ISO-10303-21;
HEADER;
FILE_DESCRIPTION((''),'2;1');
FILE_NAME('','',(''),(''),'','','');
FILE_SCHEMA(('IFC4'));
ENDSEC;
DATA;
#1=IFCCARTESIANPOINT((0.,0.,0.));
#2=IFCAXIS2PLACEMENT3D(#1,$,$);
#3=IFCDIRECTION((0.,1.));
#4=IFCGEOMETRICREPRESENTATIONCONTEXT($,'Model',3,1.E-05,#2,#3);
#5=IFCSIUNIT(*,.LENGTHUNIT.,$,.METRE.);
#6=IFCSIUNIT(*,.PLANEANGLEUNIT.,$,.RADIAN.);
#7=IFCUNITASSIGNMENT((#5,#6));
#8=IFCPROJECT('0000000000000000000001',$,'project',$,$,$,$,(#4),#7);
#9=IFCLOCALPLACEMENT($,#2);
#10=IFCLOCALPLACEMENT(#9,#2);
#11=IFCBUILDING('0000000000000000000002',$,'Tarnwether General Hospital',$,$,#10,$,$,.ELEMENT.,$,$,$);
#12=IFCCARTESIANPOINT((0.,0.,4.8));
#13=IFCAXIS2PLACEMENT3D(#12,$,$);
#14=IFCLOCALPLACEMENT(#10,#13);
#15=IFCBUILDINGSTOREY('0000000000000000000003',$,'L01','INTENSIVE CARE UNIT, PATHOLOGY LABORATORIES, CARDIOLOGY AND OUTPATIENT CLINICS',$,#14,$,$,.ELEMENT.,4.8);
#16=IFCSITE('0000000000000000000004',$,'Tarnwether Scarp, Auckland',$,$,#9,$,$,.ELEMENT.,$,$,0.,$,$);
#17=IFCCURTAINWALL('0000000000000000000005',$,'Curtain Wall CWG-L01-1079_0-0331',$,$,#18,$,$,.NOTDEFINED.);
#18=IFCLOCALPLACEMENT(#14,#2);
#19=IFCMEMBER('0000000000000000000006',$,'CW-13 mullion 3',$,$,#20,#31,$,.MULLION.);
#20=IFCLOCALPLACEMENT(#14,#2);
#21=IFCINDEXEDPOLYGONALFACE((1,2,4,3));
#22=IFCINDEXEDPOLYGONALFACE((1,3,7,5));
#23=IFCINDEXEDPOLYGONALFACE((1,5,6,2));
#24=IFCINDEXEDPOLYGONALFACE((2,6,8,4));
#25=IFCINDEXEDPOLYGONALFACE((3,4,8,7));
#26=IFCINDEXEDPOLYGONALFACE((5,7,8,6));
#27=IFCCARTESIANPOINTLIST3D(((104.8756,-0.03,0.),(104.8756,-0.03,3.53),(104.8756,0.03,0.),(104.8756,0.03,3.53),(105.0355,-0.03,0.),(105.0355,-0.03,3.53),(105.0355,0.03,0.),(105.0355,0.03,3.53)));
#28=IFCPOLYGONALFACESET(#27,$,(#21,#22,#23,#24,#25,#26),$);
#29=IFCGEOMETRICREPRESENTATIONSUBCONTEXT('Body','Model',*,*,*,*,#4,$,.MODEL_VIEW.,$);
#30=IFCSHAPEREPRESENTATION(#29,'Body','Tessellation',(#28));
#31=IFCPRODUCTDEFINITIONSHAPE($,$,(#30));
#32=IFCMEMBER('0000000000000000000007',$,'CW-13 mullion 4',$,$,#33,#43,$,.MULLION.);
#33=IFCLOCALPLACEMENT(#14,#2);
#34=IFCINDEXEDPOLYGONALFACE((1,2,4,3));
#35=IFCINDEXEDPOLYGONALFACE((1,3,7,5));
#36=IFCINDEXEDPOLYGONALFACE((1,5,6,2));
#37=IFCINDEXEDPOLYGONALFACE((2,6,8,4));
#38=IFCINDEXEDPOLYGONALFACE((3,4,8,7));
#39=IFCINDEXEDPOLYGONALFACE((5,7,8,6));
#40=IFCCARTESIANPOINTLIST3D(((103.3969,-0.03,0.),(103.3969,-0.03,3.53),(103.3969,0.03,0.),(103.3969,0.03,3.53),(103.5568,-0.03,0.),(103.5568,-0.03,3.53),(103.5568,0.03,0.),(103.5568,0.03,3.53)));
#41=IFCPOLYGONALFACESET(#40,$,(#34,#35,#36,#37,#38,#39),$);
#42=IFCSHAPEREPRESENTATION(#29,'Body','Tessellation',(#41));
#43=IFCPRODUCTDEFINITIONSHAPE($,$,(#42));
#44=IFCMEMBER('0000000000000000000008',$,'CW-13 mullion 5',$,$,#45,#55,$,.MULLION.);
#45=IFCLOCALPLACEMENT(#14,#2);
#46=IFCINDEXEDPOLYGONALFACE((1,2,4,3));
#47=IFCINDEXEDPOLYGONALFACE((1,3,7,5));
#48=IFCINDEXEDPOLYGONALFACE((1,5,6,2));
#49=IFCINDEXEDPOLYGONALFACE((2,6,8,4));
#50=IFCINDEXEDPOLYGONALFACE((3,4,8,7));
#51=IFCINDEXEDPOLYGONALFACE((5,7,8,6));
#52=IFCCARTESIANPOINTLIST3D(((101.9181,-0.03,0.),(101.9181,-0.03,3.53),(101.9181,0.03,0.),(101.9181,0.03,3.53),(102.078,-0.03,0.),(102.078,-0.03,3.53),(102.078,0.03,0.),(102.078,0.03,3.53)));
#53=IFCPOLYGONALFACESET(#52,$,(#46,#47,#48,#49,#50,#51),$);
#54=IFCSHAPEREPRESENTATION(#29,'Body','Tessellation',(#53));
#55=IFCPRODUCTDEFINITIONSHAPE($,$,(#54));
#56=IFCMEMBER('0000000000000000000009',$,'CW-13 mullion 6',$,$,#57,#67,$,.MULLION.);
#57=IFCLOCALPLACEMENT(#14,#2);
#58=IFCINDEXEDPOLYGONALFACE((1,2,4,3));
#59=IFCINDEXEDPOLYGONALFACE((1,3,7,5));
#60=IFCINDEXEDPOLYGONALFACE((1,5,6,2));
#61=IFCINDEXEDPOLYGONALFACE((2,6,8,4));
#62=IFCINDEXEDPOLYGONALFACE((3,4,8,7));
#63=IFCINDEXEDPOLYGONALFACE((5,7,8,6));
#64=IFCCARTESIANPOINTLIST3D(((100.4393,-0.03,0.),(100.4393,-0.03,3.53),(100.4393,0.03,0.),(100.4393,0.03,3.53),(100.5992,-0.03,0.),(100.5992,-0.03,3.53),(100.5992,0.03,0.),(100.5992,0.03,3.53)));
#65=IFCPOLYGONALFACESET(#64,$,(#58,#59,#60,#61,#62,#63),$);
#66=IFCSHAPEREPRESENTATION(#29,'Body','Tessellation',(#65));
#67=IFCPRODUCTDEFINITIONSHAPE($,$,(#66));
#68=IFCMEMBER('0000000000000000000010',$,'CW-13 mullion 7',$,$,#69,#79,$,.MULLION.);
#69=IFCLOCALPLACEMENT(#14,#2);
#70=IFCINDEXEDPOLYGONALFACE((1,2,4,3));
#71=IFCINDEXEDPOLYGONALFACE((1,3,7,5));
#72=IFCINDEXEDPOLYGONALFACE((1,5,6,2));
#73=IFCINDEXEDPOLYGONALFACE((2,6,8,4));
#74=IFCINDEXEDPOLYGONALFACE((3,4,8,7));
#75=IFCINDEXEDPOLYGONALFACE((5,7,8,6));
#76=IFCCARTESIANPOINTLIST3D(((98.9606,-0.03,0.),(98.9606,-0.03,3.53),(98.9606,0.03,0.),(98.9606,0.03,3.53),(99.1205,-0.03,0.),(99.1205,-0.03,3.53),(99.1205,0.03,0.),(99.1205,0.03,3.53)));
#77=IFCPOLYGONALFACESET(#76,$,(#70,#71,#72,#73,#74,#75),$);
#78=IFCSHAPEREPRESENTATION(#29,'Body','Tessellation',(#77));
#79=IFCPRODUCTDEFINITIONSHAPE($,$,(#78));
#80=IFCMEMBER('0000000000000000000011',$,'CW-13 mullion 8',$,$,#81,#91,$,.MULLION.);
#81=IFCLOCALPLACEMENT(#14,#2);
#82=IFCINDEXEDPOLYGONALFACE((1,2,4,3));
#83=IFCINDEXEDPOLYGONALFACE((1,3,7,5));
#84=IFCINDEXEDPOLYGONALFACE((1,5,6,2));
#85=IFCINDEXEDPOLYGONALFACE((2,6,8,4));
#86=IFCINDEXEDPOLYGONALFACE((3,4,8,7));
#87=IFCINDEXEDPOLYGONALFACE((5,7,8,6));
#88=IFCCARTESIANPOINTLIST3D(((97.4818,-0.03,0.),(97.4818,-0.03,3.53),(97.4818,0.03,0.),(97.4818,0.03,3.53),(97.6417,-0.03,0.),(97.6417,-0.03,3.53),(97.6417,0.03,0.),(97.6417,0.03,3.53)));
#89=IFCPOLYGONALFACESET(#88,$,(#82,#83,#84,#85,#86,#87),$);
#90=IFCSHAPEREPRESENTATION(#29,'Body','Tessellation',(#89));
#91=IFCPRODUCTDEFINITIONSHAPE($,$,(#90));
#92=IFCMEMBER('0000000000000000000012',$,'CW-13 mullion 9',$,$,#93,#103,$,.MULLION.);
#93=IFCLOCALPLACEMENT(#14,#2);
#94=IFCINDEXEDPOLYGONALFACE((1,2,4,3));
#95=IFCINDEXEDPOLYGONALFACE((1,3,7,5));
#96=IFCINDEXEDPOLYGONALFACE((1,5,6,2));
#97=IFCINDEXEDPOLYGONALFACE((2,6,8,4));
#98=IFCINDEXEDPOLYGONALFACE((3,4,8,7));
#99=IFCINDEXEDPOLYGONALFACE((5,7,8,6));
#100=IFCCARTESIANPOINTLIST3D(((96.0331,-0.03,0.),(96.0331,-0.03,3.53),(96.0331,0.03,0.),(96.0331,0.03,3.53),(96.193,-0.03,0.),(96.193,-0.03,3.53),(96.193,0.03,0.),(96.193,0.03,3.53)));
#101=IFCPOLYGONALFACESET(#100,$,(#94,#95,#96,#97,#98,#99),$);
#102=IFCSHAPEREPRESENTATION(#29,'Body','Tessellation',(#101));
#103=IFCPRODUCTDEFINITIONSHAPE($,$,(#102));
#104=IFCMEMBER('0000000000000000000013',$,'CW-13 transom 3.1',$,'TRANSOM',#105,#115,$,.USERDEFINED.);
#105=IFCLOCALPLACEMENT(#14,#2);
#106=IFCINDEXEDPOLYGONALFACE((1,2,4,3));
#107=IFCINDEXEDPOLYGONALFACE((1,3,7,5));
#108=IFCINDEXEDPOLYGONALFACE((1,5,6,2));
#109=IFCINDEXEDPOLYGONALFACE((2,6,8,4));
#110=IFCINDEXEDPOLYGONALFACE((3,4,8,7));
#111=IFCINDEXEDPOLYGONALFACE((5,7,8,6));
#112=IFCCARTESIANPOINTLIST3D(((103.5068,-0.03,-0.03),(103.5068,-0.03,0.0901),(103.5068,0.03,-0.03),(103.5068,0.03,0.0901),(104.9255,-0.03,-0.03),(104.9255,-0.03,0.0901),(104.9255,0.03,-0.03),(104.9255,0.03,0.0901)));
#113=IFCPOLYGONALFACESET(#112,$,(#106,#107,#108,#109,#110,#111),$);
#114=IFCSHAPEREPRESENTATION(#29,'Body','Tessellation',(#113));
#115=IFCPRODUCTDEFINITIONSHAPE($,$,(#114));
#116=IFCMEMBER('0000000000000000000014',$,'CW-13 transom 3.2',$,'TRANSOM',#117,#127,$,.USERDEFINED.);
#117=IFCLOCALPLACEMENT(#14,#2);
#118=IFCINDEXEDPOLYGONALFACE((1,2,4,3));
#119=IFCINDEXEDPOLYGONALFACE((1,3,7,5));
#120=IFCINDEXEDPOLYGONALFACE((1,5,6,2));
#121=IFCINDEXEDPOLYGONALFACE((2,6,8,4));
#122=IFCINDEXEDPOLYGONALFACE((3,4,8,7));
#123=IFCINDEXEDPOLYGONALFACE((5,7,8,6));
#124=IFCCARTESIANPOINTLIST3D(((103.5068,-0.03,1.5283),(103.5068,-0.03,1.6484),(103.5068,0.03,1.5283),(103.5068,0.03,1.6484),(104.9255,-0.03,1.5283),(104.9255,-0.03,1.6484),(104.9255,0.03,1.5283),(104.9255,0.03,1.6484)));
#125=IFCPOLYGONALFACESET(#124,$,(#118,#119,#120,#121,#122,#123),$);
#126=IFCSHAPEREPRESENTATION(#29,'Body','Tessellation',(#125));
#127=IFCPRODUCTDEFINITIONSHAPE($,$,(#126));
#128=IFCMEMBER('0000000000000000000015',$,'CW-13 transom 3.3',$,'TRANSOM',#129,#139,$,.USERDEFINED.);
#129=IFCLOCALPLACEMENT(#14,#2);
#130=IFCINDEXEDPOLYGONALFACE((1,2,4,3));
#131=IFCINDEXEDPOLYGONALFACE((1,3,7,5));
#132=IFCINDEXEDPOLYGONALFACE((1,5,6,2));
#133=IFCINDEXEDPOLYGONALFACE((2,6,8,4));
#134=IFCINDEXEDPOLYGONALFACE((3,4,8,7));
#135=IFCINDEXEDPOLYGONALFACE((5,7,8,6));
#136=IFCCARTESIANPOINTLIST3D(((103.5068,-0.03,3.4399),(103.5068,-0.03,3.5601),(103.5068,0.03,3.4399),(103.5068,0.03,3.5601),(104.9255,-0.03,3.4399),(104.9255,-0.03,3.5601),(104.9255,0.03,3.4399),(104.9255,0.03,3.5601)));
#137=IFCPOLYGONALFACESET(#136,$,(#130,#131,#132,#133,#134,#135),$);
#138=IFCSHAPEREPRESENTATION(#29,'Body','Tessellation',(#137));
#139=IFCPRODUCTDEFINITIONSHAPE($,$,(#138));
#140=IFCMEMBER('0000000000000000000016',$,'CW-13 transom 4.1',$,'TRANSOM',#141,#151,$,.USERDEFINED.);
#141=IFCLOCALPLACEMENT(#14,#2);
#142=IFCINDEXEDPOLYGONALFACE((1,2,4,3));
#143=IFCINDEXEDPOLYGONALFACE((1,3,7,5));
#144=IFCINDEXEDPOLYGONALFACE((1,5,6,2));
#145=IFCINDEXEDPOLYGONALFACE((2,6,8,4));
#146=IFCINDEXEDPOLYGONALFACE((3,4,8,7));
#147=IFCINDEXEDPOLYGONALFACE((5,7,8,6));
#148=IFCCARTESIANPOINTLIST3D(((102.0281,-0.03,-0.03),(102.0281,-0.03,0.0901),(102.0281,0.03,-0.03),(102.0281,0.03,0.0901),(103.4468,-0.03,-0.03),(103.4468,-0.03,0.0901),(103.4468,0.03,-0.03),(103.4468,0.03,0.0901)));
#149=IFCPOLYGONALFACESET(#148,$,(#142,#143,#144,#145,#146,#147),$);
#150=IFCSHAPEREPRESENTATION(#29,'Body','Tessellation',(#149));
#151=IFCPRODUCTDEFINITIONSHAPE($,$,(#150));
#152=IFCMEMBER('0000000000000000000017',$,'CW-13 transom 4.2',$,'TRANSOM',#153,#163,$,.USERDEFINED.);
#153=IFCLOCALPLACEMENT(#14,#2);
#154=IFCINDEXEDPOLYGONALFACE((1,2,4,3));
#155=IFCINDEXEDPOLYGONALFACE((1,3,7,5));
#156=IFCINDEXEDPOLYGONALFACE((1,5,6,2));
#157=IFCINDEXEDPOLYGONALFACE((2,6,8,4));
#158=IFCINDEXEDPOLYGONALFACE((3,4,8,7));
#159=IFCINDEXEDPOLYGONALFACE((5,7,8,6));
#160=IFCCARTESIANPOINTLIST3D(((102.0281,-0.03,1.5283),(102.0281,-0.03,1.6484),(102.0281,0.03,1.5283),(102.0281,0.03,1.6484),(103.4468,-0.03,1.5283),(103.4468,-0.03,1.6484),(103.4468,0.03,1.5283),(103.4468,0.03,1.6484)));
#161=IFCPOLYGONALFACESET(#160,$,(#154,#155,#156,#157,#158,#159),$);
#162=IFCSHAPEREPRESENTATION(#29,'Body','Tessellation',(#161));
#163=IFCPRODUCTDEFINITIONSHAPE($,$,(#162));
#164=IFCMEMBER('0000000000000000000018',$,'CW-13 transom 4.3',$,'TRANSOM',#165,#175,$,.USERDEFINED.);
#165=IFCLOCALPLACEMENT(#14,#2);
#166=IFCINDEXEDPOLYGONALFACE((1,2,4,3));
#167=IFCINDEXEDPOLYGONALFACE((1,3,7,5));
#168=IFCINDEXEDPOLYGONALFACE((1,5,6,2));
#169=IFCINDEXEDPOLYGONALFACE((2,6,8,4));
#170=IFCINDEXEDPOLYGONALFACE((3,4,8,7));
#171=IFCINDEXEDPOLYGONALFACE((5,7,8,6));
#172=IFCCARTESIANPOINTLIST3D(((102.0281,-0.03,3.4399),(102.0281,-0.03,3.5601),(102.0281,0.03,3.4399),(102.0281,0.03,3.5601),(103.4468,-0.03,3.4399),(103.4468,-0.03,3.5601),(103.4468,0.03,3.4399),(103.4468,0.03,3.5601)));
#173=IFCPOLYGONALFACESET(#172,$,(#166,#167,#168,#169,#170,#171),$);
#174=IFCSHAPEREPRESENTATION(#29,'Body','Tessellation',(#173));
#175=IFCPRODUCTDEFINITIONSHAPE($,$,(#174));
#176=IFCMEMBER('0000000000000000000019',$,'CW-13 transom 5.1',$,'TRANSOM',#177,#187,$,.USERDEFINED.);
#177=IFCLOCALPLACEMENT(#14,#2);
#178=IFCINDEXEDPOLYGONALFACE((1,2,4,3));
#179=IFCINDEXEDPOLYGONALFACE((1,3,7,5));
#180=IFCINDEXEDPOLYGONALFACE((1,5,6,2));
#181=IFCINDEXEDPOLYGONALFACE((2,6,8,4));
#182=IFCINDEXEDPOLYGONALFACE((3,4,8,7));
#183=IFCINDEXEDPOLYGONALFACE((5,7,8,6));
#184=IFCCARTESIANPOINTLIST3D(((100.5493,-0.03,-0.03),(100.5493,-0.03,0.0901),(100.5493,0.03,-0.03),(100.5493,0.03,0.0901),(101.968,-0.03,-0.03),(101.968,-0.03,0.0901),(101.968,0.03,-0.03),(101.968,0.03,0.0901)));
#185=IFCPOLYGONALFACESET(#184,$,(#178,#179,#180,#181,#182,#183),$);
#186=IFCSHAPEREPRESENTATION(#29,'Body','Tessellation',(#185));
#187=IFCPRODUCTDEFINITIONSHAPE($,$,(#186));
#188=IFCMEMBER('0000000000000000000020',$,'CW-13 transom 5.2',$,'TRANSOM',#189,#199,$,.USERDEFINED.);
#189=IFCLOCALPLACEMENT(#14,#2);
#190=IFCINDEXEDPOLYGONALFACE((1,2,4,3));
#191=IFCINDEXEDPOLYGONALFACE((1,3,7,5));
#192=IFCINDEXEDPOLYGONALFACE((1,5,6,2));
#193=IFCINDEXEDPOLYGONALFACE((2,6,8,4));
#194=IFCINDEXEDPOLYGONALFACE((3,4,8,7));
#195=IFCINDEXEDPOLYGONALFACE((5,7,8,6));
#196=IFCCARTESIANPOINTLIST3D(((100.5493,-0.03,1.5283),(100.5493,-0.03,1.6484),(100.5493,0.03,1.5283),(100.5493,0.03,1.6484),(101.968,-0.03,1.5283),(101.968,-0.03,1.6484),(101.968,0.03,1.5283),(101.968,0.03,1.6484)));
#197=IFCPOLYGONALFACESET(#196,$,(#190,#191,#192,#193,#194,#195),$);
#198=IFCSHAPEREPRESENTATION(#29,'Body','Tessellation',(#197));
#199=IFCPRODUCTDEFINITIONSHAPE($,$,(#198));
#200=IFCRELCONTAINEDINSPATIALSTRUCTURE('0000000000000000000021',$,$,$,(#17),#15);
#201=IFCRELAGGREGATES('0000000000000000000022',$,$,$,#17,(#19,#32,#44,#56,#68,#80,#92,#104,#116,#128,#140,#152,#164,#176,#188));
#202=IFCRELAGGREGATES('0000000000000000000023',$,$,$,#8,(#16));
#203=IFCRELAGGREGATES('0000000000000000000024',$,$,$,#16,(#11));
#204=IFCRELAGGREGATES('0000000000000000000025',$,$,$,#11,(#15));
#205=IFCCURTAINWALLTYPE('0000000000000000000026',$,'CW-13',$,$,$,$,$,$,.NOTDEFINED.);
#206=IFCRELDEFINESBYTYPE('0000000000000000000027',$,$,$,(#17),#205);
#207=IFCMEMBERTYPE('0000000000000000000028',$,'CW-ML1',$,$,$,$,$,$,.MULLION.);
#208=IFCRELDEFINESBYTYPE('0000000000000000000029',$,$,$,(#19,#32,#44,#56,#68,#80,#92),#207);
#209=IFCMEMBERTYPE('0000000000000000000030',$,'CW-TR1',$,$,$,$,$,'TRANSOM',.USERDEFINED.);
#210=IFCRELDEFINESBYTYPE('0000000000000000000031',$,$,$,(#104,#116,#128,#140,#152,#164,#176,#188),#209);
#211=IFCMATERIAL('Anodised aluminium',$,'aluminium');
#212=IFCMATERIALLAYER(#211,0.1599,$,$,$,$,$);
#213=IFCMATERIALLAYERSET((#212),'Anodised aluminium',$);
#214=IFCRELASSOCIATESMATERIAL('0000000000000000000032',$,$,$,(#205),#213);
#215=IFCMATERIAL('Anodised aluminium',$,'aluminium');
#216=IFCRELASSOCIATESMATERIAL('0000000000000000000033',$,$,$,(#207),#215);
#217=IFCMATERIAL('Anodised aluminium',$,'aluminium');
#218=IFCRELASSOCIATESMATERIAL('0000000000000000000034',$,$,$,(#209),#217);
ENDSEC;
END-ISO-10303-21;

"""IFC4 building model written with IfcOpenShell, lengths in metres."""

from ifc_helpers import new_model, si_unit, direction, frame, origin, origin_2d, place, context, subcontext, project, spatial, rectangle, extrude, material, layer, layer_set, material_profile, profile_set, type_object, element, aggregate, save


model = new_model("IFC4")

# Units and contexts
model_context = context("Model", 3, precision=1e-05, world=origin(), true_north=direction((0.0, 1.0)))
body_context = subcontext(model_context, "Body", "Model", "MODEL_VIEW")
ifc_project = project(units=[si_unit("LENGTHUNIT", "METRE"), si_unit("PLANEANGLEUNIT", "RADIAN")], contexts=[model_context])

# Site, building, storey
site_placement = place(None, origin())
site = spatial("IfcSite", under=ifc_project, at=site_placement, Name="Tarnwether Scarp, Auckland", CompositionType="ELEMENT", RefElevation=0.0)
building_placement = place(site_placement, origin())
building = spatial("IfcBuilding", under=site, at=building_placement, Name="Tarnwether General Hospital", CompositionType="ELEMENT")
storey_placement = place(building_placement, frame((0.0, 0.0, 4.8)))
storey = spatial("IfcBuildingStorey", under=building, at=storey_placement, Name="L01", Description="INTENSIVE CARE UNIT, PATHOLOGY LABORATORIES, CARDIOLOGY AND OUTPATIENT CLINICS", CompositionType="ELEMENT", Elevation=4.8)

# Curtain wall, members
ifc_material_1 = material(Name="Anodised aluminium", Category="aluminium")
ifc_layer_1 = layer(ifc_material_1, 0.1599)
ifc_layer_set_1 = layer_set([ifc_layer_1], Name="Anodised aluminium")
curtain_wall_type = type_object("IfcCurtainWallType", Name="CW-13", PredefinedType="NOTDEFINED", material=ifc_layer_set_1)
curtain_wall_placement = place(storey_placement, origin())
curtain_wall = element("IfcCurtainWall", 1, at=curtain_wall_placement, inside=storey, type_object=curtain_wall_type, Name="Curtain Wall CWG-L01-1079_0-0331", PredefinedType="NOTDEFINED")
ifc_material_2 = material(Name="Anodised aluminium", Category="aluminium")
ifc_material_profile_1 = material_profile(ifc_material_2, rectangle(XDim=0.0601, YDim=0.1599, at=origin_2d()), Name="ALU-MUL-60x160")
ifc_profile_set_1 = profile_set([ifc_material_profile_1], Name="Anodised aluminium")
member_type_1 = type_object("IfcMemberType", Name="CW-ML1", PredefinedType="MULLION", material=ifc_profile_set_1)
member_1_placement = place(storey_placement, frame((104.9556, 0.0, 0.0), z_axis=(0.0, 0.0, 1.0), x_axis=(0.0, -1.0, 0.0)))
member_1 = element("IfcMember", 2, at=member_1_placement, type_object=member_type_1, Name="CW-13 mullion 3", PredefinedType="MULLION", context=body_context, shape_type="SweptSolid", body=[
    extrude(rectangle(XDim=0.0601, YDim=0.1599, at=origin_2d()), origin(), (0.0, 0.0, 1.0), 3.53),
])
member_2_placement = place(storey_placement, frame((103.4768, 0.0, 0.0), z_axis=(0.0, 0.0, 1.0), x_axis=(0.0, -1.0, 0.0)))
member_2 = element("IfcMember", 3, at=member_2_placement, type_object=member_type_1, Name="CW-13 mullion 4", PredefinedType="MULLION", context=body_context, shape_type="SweptSolid", body=[
    extrude(rectangle(XDim=0.0601, YDim=0.1599, at=origin_2d()), origin(), (0.0, 0.0, 1.0), 3.53),
])
member_3_placement = place(storey_placement, frame((101.998, 0.0, 0.0), z_axis=(0.0, 0.0, 1.0), x_axis=(0.0, -1.0, 0.0)))
member_3 = element("IfcMember", 4, at=member_3_placement, type_object=member_type_1, Name="CW-13 mullion 5", PredefinedType="MULLION", context=body_context, shape_type="SweptSolid", body=[
    extrude(rectangle(XDim=0.0601, YDim=0.1599, at=origin_2d()), origin(), (0.0, 0.0, 1.0), 3.53),
])
member_4_placement = place(storey_placement, frame((100.5193, 0.0, 0.0), z_axis=(0.0, 0.0, 1.0), x_axis=(0.0, -1.0, 0.0)))
member_4 = element("IfcMember", 5, at=member_4_placement, type_object=member_type_1, Name="CW-13 mullion 6", PredefinedType="MULLION", context=body_context, shape_type="SweptSolid", body=[
    extrude(rectangle(XDim=0.0601, YDim=0.1599, at=origin_2d()), origin(), (0.0, 0.0, 1.0), 3.53),
])
member_5_placement = place(storey_placement, frame((99.0405, 0.0, 0.0), z_axis=(0.0, 0.0, 1.0), x_axis=(0.0, -1.0, 0.0)))
member_5 = element("IfcMember", 6, at=member_5_placement, type_object=member_type_1, Name="CW-13 mullion 7", PredefinedType="MULLION", context=body_context, shape_type="SweptSolid", body=[
    extrude(rectangle(XDim=0.0601, YDim=0.1599, at=origin_2d()), origin(), (0.0, 0.0, 1.0), 3.53),
])
member_6_placement = place(storey_placement, frame((97.5618, 0.0, 0.0), z_axis=(0.0, 0.0, 1.0), x_axis=(0.0, -1.0, 0.0)))
member_6 = element("IfcMember", 7, at=member_6_placement, type_object=member_type_1, Name="CW-13 mullion 8", PredefinedType="MULLION", context=body_context, shape_type="SweptSolid", body=[
    extrude(rectangle(XDim=0.0601, YDim=0.1599, at=origin_2d()), origin(), (0.0, 0.0, 1.0), 3.53),
])
member_7_placement = place(storey_placement, frame((96.113, 0.0, 0.0), z_axis=(0.0, 0.0, 1.0), x_axis=(0.0, -1.0, 0.0)))
member_7 = element("IfcMember", 8, at=member_7_placement, type_object=member_type_1, Name="CW-13 mullion 9", PredefinedType="MULLION", context=body_context, shape_type="SweptSolid", body=[
    extrude(rectangle(XDim=0.0601, YDim=0.1599, at=origin_2d()), origin(), (0.0, 0.0, 1.0), 3.53),
])
ifc_material_3 = material(Name="Anodised aluminium", Category="aluminium")
ifc_material_profile_2 = material_profile(ifc_material_3, rectangle(XDim=0.0601, YDim=0.1201, at=origin_2d()), Name="ALU-TRN-60x120")
ifc_profile_set_2 = profile_set([ifc_material_profile_2], Name="Anodised aluminium")
member_type_2 = type_object("IfcMemberType", Name="CW-TR1", ElementType="TRANSOM", PredefinedType="USERDEFINED", material=ifc_profile_set_2)
member_8_placement = place(storey_placement, frame((104.9255, 0.0, 0.03), z_axis=(-1.0, 0.0, 0.0), x_axis=(0.0, -1.0, 0.0)))
member_8 = element("IfcMember", 9, at=member_8_placement, type_object=member_type_2, Name="CW-13 transom 3.1", ObjectType="TRANSOM", PredefinedType="USERDEFINED", context=body_context, shape_type="SweptSolid", body=[
    extrude(rectangle(XDim=0.0601, YDim=0.1201, at=origin_2d()), origin(), (0.0, 0.0, 1.0), 1.4187),
])
member_9_placement = place(storey_placement, frame((104.9255, 0.0, 1.5884), z_axis=(-1.0, 0.0, 0.0), x_axis=(0.0, -1.0, 0.0)))
member_9 = element("IfcMember", 10, at=member_9_placement, type_object=member_type_2, Name="CW-13 transom 3.2", ObjectType="TRANSOM", PredefinedType="USERDEFINED", context=body_context, shape_type="SweptSolid", body=[
    extrude(rectangle(XDim=0.0601, YDim=0.1201, at=origin_2d()), origin(), (0.0, 0.0, 1.0), 1.4187),
])
member_10_placement = place(storey_placement, frame((104.9255, 0.0, 3.5), z_axis=(-1.0, 0.0, 0.0), x_axis=(0.0, -1.0, 0.0)))
member_10 = element("IfcMember", 11, at=member_10_placement, type_object=member_type_2, Name="CW-13 transom 3.3", ObjectType="TRANSOM", PredefinedType="USERDEFINED", context=body_context, shape_type="SweptSolid", body=[
    extrude(rectangle(XDim=0.0601, YDim=0.1201, at=origin_2d()), origin(), (0.0, 0.0, 1.0), 1.4187),
])
member_11_placement = place(storey_placement, frame((103.4468, 0.0, 0.03), z_axis=(-1.0, 0.0, 0.0), x_axis=(0.0, -1.0, 0.0)))
member_11 = element("IfcMember", 12, at=member_11_placement, type_object=member_type_2, Name="CW-13 transom 4.1", ObjectType="TRANSOM", PredefinedType="USERDEFINED", context=body_context, shape_type="SweptSolid", body=[
    extrude(rectangle(XDim=0.0601, YDim=0.1201, at=origin_2d()), origin(), (0.0, 0.0, 1.0), 1.4187),
])
member_12_placement = place(storey_placement, frame((103.4468, 0.0, 1.5884), z_axis=(-1.0, 0.0, 0.0), x_axis=(0.0, -1.0, 0.0)))
member_12 = element("IfcMember", 13, at=member_12_placement, type_object=member_type_2, Name="CW-13 transom 4.2", ObjectType="TRANSOM", PredefinedType="USERDEFINED", context=body_context, shape_type="SweptSolid", body=[
    extrude(rectangle(XDim=0.0601, YDim=0.1201, at=origin_2d()), origin(), (0.0, 0.0, 1.0), 1.4187),
])
member_13_placement = place(storey_placement, frame((103.4468, 0.0, 3.5), z_axis=(-1.0, 0.0, 0.0), x_axis=(0.0, -1.0, 0.0)))
member_13 = element("IfcMember", 14, at=member_13_placement, type_object=member_type_2, Name="CW-13 transom 4.3", ObjectType="TRANSOM", PredefinedType="USERDEFINED", context=body_context, shape_type="SweptSolid", body=[
    extrude(rectangle(XDim=0.0601, YDim=0.1201, at=origin_2d()), origin(), (0.0, 0.0, 1.0), 1.4187),
])
member_14_placement = place(storey_placement, frame((101.968, 0.0, 0.03), z_axis=(-1.0, 0.0, 0.0), x_axis=(0.0, -1.0, 0.0)))
member_14 = element("IfcMember", 15, at=member_14_placement, type_object=member_type_2, Name="CW-13 transom 5.1", ObjectType="TRANSOM", PredefinedType="USERDEFINED", context=body_context, shape_type="SweptSolid", body=[
    extrude(rectangle(XDim=0.0601, YDim=0.1201, at=origin_2d()), origin(), (0.0, 0.0, 1.0), 1.4187),
])
member_15_placement = place(storey_placement, frame((101.968, 0.0, 1.5884), z_axis=(-1.0, 0.0, 0.0), x_axis=(0.0, -1.0, 0.0)))
member_15 = element("IfcMember", 16, at=member_15_placement, type_object=member_type_2, Name="CW-13 transom 5.2", ObjectType="TRANSOM", PredefinedType="USERDEFINED", context=body_context, shape_type="SweptSolid", body=[
    extrude(rectangle(XDim=0.0601, YDim=0.1201, at=origin_2d()), origin(), (0.0, 0.0, 1.0), 1.4187),
])
aggregate(curtain_wall, [member_1, member_2, member_3, member_4, member_5, member_6, member_7, member_8, member_9, member_10, member_11, member_12, member_13, member_14, member_15])

save(model, "model.ifc")
